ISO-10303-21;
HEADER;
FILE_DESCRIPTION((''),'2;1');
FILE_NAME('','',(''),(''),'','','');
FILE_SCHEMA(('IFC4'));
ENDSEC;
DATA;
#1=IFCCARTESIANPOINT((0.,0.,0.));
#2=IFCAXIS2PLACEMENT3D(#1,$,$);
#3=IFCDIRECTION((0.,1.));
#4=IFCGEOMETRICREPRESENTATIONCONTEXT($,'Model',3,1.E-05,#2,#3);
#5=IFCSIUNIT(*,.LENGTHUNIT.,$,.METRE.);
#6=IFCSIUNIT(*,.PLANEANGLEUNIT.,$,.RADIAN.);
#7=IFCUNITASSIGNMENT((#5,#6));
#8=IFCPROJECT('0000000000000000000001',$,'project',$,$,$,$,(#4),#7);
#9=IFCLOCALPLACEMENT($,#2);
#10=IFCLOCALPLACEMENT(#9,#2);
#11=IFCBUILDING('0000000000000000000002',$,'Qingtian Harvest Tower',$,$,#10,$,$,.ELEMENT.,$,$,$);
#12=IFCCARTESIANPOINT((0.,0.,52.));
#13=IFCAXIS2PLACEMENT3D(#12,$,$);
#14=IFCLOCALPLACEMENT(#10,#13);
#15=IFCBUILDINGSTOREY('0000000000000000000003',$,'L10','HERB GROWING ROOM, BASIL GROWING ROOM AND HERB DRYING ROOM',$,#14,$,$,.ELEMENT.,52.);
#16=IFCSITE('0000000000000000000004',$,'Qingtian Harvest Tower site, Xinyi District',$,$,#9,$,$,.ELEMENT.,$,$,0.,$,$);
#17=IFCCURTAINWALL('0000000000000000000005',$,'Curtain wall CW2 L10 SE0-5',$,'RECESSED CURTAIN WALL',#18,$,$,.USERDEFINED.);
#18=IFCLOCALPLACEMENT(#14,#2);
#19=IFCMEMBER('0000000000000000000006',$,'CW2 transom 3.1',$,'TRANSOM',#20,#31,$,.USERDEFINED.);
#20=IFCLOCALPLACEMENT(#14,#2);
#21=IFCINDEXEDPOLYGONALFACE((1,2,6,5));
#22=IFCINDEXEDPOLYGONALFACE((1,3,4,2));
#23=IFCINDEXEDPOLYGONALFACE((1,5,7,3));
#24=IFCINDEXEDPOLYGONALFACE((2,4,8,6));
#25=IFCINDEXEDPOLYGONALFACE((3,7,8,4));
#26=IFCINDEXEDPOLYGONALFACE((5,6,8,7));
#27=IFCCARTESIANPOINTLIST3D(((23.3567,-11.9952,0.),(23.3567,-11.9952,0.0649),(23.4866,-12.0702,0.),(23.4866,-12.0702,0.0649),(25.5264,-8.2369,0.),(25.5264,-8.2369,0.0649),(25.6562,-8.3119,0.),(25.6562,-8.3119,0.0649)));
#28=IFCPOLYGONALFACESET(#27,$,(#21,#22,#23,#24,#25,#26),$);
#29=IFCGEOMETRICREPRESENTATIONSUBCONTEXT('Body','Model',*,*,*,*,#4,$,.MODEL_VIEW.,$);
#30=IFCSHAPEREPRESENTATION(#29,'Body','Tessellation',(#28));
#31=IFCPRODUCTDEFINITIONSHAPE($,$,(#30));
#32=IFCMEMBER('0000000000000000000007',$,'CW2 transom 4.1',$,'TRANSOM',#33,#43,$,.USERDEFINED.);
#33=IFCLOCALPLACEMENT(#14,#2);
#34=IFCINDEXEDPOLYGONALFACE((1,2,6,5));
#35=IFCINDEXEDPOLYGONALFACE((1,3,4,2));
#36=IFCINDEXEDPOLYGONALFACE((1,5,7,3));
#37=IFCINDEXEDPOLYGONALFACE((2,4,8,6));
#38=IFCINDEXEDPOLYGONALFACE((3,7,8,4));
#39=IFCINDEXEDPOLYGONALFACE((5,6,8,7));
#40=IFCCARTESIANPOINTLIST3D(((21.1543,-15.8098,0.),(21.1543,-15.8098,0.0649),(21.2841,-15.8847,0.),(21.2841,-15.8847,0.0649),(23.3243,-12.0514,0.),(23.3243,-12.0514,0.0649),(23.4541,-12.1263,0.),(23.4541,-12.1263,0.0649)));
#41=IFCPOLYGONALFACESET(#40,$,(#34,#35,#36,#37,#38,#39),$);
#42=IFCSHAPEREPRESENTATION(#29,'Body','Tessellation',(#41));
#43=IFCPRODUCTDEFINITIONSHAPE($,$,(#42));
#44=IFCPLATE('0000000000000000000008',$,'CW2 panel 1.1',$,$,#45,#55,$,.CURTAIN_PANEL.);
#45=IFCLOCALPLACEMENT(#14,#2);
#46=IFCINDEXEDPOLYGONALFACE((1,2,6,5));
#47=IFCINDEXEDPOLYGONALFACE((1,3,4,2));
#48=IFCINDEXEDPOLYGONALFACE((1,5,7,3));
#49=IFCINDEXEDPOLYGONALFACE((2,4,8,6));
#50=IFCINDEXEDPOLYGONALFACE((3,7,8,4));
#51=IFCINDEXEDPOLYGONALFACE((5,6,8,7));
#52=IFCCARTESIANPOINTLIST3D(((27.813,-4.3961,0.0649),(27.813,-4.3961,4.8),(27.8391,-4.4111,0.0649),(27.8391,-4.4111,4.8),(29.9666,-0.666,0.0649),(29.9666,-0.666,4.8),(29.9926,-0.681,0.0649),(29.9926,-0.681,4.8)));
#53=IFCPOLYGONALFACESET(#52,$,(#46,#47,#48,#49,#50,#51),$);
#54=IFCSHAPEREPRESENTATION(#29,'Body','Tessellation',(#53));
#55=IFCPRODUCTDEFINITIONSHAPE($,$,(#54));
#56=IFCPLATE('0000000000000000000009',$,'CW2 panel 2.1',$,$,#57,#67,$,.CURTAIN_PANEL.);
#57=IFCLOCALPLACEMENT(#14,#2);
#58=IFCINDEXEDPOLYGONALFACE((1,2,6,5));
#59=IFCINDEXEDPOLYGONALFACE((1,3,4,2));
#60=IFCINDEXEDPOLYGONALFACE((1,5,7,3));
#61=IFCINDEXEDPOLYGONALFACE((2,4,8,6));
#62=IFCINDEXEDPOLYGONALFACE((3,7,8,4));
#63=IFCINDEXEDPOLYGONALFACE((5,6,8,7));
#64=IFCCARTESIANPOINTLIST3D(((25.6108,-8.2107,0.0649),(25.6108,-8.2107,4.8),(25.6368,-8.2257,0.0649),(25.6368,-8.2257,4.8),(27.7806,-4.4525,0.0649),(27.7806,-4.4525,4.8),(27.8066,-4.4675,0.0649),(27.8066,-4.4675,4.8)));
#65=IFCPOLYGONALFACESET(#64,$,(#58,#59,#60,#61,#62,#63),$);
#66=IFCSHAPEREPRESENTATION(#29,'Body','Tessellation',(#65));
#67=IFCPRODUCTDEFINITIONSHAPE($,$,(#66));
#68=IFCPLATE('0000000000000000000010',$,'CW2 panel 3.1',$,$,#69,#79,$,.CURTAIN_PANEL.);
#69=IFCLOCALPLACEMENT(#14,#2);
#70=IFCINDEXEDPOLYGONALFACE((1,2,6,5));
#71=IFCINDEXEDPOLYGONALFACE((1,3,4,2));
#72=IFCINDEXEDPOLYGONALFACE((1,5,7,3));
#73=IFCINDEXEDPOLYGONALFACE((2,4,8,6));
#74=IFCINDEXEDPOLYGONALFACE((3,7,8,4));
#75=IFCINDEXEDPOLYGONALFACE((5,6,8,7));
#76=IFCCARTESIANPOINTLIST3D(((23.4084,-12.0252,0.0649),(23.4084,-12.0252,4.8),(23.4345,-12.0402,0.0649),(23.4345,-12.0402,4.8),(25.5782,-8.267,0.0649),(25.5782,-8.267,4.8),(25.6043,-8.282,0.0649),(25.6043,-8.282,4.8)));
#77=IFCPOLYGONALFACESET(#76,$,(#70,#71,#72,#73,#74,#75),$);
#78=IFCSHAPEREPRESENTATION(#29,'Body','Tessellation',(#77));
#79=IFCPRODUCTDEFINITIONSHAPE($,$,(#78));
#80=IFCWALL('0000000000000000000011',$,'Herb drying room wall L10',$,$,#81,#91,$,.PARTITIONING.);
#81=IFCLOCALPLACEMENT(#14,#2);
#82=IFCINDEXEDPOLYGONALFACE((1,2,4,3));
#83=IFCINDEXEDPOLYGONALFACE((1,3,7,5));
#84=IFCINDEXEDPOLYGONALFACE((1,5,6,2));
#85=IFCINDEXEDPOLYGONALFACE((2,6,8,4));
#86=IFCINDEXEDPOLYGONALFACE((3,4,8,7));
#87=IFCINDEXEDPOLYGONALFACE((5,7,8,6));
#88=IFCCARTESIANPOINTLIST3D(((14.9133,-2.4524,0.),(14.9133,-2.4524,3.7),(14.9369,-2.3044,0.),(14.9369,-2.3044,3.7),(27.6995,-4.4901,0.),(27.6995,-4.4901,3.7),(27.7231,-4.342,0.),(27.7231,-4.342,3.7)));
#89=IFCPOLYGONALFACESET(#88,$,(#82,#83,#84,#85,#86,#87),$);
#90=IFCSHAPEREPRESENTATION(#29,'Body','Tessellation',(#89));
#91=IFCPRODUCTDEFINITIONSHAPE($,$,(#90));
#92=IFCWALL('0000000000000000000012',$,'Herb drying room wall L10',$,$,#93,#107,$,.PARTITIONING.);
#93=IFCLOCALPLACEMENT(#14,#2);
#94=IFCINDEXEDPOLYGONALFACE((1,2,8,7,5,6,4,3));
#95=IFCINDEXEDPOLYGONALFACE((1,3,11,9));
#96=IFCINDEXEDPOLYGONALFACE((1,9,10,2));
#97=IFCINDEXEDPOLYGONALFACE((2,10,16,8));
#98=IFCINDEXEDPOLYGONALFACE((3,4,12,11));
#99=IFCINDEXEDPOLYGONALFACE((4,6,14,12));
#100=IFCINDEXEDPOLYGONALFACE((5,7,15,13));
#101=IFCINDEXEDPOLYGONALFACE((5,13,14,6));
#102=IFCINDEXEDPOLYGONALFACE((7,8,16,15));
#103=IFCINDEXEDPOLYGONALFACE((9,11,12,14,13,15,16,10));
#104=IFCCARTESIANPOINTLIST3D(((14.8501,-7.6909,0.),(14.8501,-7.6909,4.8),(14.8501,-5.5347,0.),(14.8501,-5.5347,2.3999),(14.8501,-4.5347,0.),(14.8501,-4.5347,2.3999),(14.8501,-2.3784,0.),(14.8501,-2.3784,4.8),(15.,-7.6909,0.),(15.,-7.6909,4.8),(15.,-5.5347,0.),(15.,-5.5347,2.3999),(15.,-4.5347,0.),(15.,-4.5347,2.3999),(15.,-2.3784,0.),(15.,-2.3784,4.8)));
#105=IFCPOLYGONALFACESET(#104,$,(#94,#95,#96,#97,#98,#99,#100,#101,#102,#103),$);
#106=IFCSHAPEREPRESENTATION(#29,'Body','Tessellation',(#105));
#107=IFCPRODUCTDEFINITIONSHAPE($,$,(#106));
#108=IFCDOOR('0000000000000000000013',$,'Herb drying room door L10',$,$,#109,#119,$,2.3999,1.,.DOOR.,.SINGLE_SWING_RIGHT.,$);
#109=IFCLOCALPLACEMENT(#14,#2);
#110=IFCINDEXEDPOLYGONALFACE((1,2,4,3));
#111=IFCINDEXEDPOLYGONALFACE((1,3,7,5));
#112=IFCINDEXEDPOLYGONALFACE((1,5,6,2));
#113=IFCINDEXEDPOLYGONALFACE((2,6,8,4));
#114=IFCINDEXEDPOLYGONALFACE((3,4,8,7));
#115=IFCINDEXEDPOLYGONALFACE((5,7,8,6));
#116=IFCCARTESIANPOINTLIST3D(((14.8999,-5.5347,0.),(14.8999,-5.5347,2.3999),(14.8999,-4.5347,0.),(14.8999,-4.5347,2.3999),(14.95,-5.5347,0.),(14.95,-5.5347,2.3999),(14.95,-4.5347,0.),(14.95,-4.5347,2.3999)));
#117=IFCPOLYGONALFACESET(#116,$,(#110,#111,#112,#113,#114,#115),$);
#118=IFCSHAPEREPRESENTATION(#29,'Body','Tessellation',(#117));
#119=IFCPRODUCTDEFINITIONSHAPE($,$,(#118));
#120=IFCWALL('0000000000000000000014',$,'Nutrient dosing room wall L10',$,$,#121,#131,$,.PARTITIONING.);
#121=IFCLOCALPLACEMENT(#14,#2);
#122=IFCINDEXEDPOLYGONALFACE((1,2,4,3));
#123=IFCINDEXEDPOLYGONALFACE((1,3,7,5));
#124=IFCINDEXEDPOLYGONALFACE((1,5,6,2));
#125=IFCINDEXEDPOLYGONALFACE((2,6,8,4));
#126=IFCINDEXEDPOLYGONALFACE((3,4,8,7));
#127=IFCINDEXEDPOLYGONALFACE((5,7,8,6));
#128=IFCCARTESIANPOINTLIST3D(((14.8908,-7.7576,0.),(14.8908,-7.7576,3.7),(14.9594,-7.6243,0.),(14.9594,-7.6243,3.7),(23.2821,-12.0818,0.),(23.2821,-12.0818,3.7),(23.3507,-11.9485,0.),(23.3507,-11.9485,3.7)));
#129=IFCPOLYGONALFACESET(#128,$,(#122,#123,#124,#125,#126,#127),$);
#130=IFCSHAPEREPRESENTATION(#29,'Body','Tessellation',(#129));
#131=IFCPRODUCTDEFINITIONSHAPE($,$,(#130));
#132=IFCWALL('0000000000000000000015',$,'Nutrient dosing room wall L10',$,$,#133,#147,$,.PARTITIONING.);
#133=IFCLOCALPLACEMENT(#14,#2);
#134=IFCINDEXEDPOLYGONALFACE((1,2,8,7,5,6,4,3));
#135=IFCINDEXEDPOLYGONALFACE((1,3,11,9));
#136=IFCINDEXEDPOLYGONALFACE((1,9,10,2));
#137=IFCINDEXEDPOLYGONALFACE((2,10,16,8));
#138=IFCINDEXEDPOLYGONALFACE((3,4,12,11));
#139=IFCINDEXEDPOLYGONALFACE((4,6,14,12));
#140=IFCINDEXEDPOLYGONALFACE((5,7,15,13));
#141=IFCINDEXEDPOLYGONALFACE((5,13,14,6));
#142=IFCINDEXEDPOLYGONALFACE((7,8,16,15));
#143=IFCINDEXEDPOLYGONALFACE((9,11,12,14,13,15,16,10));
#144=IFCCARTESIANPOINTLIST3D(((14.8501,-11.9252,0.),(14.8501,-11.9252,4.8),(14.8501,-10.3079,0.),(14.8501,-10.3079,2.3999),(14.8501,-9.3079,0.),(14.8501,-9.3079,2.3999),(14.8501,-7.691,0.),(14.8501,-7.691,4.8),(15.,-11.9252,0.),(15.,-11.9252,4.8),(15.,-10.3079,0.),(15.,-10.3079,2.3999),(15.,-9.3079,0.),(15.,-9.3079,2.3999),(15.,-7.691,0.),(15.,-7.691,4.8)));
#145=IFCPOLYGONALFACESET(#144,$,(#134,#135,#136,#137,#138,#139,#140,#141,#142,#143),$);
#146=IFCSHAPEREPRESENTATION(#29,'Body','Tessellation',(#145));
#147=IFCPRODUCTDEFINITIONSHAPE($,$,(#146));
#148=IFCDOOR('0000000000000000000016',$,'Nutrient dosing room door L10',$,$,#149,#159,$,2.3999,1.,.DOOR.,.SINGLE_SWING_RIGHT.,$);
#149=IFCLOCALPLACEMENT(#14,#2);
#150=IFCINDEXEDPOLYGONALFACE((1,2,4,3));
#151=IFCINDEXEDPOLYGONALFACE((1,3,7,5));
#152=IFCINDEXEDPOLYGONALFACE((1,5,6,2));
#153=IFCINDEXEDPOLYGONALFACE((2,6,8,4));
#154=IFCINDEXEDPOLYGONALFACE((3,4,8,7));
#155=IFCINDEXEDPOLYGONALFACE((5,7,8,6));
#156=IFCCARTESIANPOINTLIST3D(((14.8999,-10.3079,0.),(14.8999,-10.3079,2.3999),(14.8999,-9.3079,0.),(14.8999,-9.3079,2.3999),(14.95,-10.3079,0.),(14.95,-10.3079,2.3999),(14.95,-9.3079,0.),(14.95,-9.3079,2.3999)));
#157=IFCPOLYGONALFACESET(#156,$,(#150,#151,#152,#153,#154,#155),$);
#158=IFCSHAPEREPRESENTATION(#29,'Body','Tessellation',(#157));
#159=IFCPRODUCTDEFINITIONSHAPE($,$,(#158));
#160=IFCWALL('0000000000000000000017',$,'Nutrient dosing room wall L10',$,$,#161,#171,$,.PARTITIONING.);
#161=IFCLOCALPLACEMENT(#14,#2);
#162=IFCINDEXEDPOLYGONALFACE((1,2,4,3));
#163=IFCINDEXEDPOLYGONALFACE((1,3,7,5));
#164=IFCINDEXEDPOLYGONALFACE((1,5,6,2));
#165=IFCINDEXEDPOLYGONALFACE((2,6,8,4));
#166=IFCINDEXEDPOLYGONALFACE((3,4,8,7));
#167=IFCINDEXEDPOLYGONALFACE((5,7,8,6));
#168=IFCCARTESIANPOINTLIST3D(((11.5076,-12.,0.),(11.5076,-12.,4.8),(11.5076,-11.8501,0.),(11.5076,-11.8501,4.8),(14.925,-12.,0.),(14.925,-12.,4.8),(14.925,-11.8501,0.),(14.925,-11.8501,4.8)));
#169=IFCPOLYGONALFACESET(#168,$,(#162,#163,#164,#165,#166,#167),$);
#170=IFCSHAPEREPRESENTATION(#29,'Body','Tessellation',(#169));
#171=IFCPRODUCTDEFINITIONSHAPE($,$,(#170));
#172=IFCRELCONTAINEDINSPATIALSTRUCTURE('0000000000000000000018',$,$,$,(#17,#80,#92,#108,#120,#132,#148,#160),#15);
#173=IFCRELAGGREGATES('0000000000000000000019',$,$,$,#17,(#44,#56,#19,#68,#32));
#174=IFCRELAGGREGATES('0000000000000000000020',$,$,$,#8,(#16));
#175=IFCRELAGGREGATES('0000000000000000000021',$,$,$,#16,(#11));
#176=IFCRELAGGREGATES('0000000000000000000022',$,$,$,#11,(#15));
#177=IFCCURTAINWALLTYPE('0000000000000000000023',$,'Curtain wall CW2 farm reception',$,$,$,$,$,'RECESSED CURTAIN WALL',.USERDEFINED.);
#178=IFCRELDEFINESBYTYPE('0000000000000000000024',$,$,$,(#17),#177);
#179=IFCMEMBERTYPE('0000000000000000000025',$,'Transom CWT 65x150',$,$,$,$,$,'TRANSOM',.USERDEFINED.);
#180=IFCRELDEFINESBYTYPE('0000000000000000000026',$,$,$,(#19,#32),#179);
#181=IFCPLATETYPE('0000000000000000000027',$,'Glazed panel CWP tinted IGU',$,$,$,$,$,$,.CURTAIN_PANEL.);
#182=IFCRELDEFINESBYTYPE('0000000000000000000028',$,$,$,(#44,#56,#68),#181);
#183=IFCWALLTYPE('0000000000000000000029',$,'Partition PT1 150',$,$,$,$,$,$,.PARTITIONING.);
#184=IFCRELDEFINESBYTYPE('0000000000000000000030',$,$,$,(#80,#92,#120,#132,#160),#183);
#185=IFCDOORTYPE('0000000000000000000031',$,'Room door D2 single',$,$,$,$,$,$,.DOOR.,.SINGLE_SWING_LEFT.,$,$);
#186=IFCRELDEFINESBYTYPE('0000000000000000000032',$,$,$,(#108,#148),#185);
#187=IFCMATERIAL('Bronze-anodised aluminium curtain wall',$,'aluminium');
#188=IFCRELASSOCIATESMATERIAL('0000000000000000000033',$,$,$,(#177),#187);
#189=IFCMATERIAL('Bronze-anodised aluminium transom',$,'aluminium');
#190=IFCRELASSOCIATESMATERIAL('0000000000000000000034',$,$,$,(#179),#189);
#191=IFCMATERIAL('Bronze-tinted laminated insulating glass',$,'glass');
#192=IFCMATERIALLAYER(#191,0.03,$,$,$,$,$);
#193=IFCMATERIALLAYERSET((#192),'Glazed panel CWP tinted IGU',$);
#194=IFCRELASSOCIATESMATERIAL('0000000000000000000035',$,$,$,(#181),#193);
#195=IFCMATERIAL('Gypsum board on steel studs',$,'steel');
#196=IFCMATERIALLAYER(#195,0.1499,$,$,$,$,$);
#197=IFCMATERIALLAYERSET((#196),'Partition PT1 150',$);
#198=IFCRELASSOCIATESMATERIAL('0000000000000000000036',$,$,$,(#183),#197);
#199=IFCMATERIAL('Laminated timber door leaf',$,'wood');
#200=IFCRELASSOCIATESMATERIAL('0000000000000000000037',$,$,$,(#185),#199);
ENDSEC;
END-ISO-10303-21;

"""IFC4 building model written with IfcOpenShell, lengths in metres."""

from ifc_helpers import new_model, si_unit, direction, frame, frame_2d, origin, origin_2d, place, context, subcontext, project, spatial, rectangle, extrude, material, layer, layer_set, material_profile, profile_set, type_object, element, fill, aggregate, save


model = new_model("IFC4")

# Units and contexts
model_context = context("Model", 3, precision=1e-05, world=origin(), true_north=direction((0.0, 1.0)))
body_context = subcontext(model_context, "Body", "Model", "MODEL_VIEW")
ifc_project = project(units=[si_unit("LENGTHUNIT", "METRE"), si_unit("PLANEANGLEUNIT", "RADIAN")], contexts=[model_context])

# Site, building, storey
site_placement = place(None, origin())
site = spatial("IfcSite", under=ifc_project, at=site_placement, Name="Qingtian Harvest Tower site, Xinyi District", CompositionType="ELEMENT", RefElevation=0.0)
building_placement = place(site_placement, origin())
building = spatial("IfcBuilding", under=site, at=building_placement, Name="Qingtian Harvest Tower", CompositionType="ELEMENT")
storey_placement = place(building_placement, frame((0.0, 0.0, 52.0)))
storey = spatial("IfcBuildingStorey", under=building, at=storey_placement, Name="L10", Description="HERB GROWING ROOM, BASIL GROWING ROOM AND HERB DRYING ROOM", CompositionType="ELEMENT", Elevation=52.0)

# Shared definitions
ifc_material_1 = material(Name="Bronze-anodised aluminium curtain wall", Category="aluminium")
curtain_wall_type = type_object("IfcCurtainWallType", Name="Curtain wall CW2 farm reception", ElementType="RECESSED CURTAIN WALL", PredefinedType="USERDEFINED", material=ifc_material_1)

# Curtain wall
curtain_wall_1_placement = place(storey_placement, origin())
curtain_wall_1 = element("IfcCurtainWall", 1, at=curtain_wall_1_placement, inside=storey, type_object=curtain_wall_type, Name="Curtain wall CW2 L10 SE0-5", ObjectType="RECESSED CURTAIN WALL", PredefinedType="USERDEFINED")

# Members
ifc_material_2 = material(Name="Bronze-anodised aluminium transom", Category="aluminium")
ifc_material_profile_1 = material_profile(ifc_material_2, rectangle(XDim=0.1499, YDim=0.0649, at=origin_2d()), Name="AL 65x150")
ifc_profile_set_1 = profile_set([ifc_material_profile_1], Name="Bronze-anodised aluminium transom")
member_type_1 = type_object("IfcMemberType", Name="Transom CWT 65x150", ElementType="TRANSOM", PredefinedType="USERDEFINED", material=ifc_profile_set_1)
member_1_placement = place(storey_placement, frame((25.5913, -8.2744, 0.0325), z_axis=(-0.499969, -0.866043, 0.0), x_axis=(0.866043, -0.499969, 0.0)))
member_1 = element("IfcMember", 2, at=member_1_placement, type_object=member_type_1, Name="CW2 transom 3.1", ObjectType="TRANSOM", PredefinedType="USERDEFINED", context=body_context, shape_type="SweptSolid", body=[
    extrude(rectangle(XDim=0.1499, YDim=0.0649, at=origin_2d()), origin(), (0.0, 0.0, 1.0), 4.3396),
])
member_2_placement = place(storey_placement, frame((23.3892, -12.0889, 0.0325), z_axis=(-0.500011, -0.866019, 0.0), x_axis=(0.866019, -0.500011, 0.0)))
member_2 = element("IfcMember", 3, at=member_2_placement, type_object=member_type_1, Name="CW2 transom 4.1", ObjectType="TRANSOM", PredefinedType="USERDEFINED", context=body_context, shape_type="SweptSolid", body=[
    extrude(rectangle(XDim=0.1499, YDim=0.0649, at=origin_2d()), origin(), (0.0, 0.0, 1.0), 4.3398),
])

# Plates
ifc_material_3 = material(Name="Bronze-tinted laminated insulating glass", Category="glass")
ifc_layer_1 = layer(ifc_material_3, 0.03)
ifc_layer_set_1 = layer_set([ifc_layer_1], Name="Glazed panel CWP tinted IGU")
plate_type = type_object("IfcPlateType", Name="Glazed panel CWP tinted IGU", PredefinedType="CURTAIN_PANEL", material=ifc_layer_set_1)
plate_1_placement = place(storey_placement, frame((28.9028, -2.5386, 0.0649), z_axis=(0.0, 0.0, 1.0), x_axis=(-0.5, -0.866025, 0.0)))
plate_1 = element("IfcPlate", 4, at=plate_1_placement, type_object=plate_type, Name="CW2 panel 1.1", PredefinedType="CURTAIN_PANEL", context=body_context, shape_type="SweptSolid", body=[
    extrude(rectangle(XDim=4.3071, YDim=0.03, at=origin_2d()), origin(), (0.0, 0.0, 1.0), 4.7351),
])
plate_2_placement = place(storey_placement, frame((26.7087, -6.3391, 0.0649), z_axis=(0.0, 0.0, 1.0), x_axis=(-0.5, -0.866025, 0.0)))
plate_2 = element("IfcPlate", 5, at=plate_2_placement, type_object=plate_type, Name="CW2 panel 2.1", PredefinedType="CURTAIN_PANEL", context=body_context, shape_type="SweptSolid", body=[
    extrude(rectangle(XDim=4.3396, YDim=0.03, at=origin_2d()), origin(), (0.0, 0.0, 1.0), 4.7351),
])
plate_3_placement = place(storey_placement, frame((24.5063, -10.1536, 0.0649), z_axis=(0.0, 0.0, 1.0), x_axis=(-0.5, -0.866025, 0.0)))
plate_3 = element("IfcPlate", 6, at=plate_3_placement, type_object=plate_type, Name="CW2 panel 3.1", PredefinedType="CURTAIN_PANEL", context=body_context, shape_type="SweptSolid", body=[
    extrude(rectangle(XDim=4.3396, YDim=0.03, at=origin_2d()), origin(), (0.0, 0.0, 1.0), 4.7351),
])
aggregate(curtain_wall_1, [plate_1, plate_2, member_1, plate_3, member_2])

# Wall
ifc_material_4 = material(Name="Gypsum board on steel studs", Category="steel")
ifc_layer_2 = layer(ifc_material_4, 0.1499)
ifc_layer_set_2 = layer_set([ifc_layer_2], Name="Partition PT1 150")
wall_type = type_object("IfcWallType", Name="Partition PT1 150", PredefinedType="PARTITIONING", material=ifc_layer_set_2)
wall_1_placement = place(storey_placement, frame((27.7112, -4.416, 0.0), z_axis=(0.0, 0.0, 1.0), x_axis=(-0.987539, 0.157374, 0.0)))
element("IfcWall", 7, at=wall_1_placement, inside=storey, type_object=wall_type, Name="Herb drying room wall L10", PredefinedType="PARTITIONING", context=body_context, shape_type="SweptSolid", body=[
    extrude(rectangle(XDim=12.9475, YDim=0.1499, at=frame_2d((6.4736, 0.0))), origin(), (0.0, 0.0, 1.0), 3.7),
])

# Wall, opening, door
wall_2_placement = place(storey_placement, frame((14.925, -2.3784, 0.0), z_axis=(0.0, 0.0, 1.0), x_axis=(0.0, -1.0, 0.0)))
wall_2 = element("IfcWall", 8, at=wall_2_placement, inside=storey, type_object=wall_type, Name="Herb drying room wall L10", PredefinedType="PARTITIONING", context=body_context, shape_type="SweptSolid", body=[
    extrude(rectangle(XDim=5.3125, YDim=0.1499, at=frame_2d((2.6562, 0.0))), origin(), (0.0, 0.0, 1.0), 4.8),
])
opening_1_placement = place(wall_2_placement, frame((2.1562, 0.0, 0.0)))
opening_1 = element("IfcOpeningElement", 9, at=opening_1_placement, cuts=wall_2, PredefinedType="OPENING", context=body_context, shape_type="SweptSolid", body=[
    extrude(rectangle(XDim=1.0, YDim=2.3999, at=frame_2d((0.5, 1.2))), frame((0.0, 0.085, 0.0), z_axis=(0.0, -1.0, 0.0), x_axis=(1.0, 0.0, 0.0)), (0.0, 0.0, 1.0), 0.1699),
])
ifc_material_5 = material(Name="Laminated timber door leaf", Category="wood")
door_type = type_object("IfcDoorType", Name="Room door D2 single", OperationType="SINGLE_SWING_LEFT", PredefinedType="DOOR", material=ifc_material_5)
door_1_placement = place(opening_1_placement, origin())
door_1 = element("IfcDoor", 10, at=door_1_placement, inside=storey, type_object=door_type, Name="Herb drying room door L10", OperationType="SINGLE_SWING_RIGHT", OverallHeight=2.3999, OverallWidth=1.0, PredefinedType="DOOR", context=body_context, shape_type="SweptSolid", body=[
    extrude(rectangle(XDim=1.0, YDim=2.3999, at=frame_2d((0.5, 1.2))), frame((0.0, 0.0249, 0.0), z_axis=(0.0, -1.0, 0.0), x_axis=(1.0, 0.0, 0.0)), (0.0, 0.0, 1.0), 0.05),
])
fill(opening_1, door_1)

# Wall
wall_3_placement = place(storey_placement, frame((23.3164, -12.0151, 0.0), z_axis=(0.0, 0.0, 1.0), x_axis=(-0.888914, 0.458074, 0.0)))
element("IfcWall", 11, at=wall_3_placement, inside=storey, type_object=wall_type, Name="Nutrient dosing room wall L10", PredefinedType="PARTITIONING", context=body_context, shape_type="SweptSolid", body=[
    extrude(rectangle(XDim=9.4399, YDim=0.1499, at=frame_2d((4.72, 0.0))), origin(), (0.0, 0.0, 1.0), 3.7),
])

# Wall, opening, door
wall_4_placement = place(storey_placement, frame((14.925, -7.6909, 0.0), z_axis=(0.0, 0.0, 1.0), x_axis=(0.0, -1.0, 0.0)))
wall_4 = element("IfcWall", 12, at=wall_4_placement, inside=storey, type_object=wall_type, Name="Nutrient dosing room wall L10", PredefinedType="PARTITIONING", context=body_context, shape_type="SweptSolid", body=[
    extrude(rectangle(XDim=4.2341, YDim=0.1499, at=frame_2d((2.1172, 0.0))), origin(), (0.0, 0.0, 1.0), 4.8),
])
opening_2_placement = place(wall_4_placement, frame((1.6169, 0.0, 0.0)))
opening_2 = element("IfcOpeningElement", 13, at=opening_2_placement, cuts=wall_4, PredefinedType="OPENING", context=body_context, shape_type="SweptSolid", body=[
    extrude(rectangle(XDim=1.0, YDim=2.3999, at=frame_2d((0.5, 1.2))), frame((0.0, 0.085, 0.0), z_axis=(0.0, -1.0, 0.0), x_axis=(1.0, 0.0, 0.0)), (0.0, 0.0, 1.0), 0.1699),
])
door_2_placement = place(opening_2_placement, origin())
door_2 = element("IfcDoor", 14, at=door_2_placement, inside=storey, type_object=door_type, Name="Nutrient dosing room door L10", OperationType="SINGLE_SWING_RIGHT", OverallHeight=2.3999, OverallWidth=1.0, PredefinedType="DOOR", context=body_context, shape_type="SweptSolid", body=[
    extrude(rectangle(XDim=1.0, YDim=2.3999, at=frame_2d((0.5, 1.2))), frame((0.0, 0.0249, 0.0), z_axis=(0.0, -1.0, 0.0), x_axis=(1.0, 0.0, 0.0)), (0.0, 0.0, 1.0), 0.05),
])
fill(opening_2, door_2)

# Wall
wall_5_placement = place(storey_placement, frame((14.925, -11.925, 0.0), z_axis=(0.0, 0.0, 1.0), x_axis=(-1.0, 0.0, 0.0)))
element("IfcWall", 15, at=wall_5_placement, inside=storey, type_object=wall_type, Name="Nutrient dosing room wall L10", PredefinedType="PARTITIONING", context=body_context, shape_type="SweptSolid", body=[
    extrude(rectangle(XDim=3.4175, YDim=0.1499, at=frame_2d((1.7087, 0.0))), origin(), (0.0, 0.0, 1.0), 4.8),
])

save(model, "model.ifc")
